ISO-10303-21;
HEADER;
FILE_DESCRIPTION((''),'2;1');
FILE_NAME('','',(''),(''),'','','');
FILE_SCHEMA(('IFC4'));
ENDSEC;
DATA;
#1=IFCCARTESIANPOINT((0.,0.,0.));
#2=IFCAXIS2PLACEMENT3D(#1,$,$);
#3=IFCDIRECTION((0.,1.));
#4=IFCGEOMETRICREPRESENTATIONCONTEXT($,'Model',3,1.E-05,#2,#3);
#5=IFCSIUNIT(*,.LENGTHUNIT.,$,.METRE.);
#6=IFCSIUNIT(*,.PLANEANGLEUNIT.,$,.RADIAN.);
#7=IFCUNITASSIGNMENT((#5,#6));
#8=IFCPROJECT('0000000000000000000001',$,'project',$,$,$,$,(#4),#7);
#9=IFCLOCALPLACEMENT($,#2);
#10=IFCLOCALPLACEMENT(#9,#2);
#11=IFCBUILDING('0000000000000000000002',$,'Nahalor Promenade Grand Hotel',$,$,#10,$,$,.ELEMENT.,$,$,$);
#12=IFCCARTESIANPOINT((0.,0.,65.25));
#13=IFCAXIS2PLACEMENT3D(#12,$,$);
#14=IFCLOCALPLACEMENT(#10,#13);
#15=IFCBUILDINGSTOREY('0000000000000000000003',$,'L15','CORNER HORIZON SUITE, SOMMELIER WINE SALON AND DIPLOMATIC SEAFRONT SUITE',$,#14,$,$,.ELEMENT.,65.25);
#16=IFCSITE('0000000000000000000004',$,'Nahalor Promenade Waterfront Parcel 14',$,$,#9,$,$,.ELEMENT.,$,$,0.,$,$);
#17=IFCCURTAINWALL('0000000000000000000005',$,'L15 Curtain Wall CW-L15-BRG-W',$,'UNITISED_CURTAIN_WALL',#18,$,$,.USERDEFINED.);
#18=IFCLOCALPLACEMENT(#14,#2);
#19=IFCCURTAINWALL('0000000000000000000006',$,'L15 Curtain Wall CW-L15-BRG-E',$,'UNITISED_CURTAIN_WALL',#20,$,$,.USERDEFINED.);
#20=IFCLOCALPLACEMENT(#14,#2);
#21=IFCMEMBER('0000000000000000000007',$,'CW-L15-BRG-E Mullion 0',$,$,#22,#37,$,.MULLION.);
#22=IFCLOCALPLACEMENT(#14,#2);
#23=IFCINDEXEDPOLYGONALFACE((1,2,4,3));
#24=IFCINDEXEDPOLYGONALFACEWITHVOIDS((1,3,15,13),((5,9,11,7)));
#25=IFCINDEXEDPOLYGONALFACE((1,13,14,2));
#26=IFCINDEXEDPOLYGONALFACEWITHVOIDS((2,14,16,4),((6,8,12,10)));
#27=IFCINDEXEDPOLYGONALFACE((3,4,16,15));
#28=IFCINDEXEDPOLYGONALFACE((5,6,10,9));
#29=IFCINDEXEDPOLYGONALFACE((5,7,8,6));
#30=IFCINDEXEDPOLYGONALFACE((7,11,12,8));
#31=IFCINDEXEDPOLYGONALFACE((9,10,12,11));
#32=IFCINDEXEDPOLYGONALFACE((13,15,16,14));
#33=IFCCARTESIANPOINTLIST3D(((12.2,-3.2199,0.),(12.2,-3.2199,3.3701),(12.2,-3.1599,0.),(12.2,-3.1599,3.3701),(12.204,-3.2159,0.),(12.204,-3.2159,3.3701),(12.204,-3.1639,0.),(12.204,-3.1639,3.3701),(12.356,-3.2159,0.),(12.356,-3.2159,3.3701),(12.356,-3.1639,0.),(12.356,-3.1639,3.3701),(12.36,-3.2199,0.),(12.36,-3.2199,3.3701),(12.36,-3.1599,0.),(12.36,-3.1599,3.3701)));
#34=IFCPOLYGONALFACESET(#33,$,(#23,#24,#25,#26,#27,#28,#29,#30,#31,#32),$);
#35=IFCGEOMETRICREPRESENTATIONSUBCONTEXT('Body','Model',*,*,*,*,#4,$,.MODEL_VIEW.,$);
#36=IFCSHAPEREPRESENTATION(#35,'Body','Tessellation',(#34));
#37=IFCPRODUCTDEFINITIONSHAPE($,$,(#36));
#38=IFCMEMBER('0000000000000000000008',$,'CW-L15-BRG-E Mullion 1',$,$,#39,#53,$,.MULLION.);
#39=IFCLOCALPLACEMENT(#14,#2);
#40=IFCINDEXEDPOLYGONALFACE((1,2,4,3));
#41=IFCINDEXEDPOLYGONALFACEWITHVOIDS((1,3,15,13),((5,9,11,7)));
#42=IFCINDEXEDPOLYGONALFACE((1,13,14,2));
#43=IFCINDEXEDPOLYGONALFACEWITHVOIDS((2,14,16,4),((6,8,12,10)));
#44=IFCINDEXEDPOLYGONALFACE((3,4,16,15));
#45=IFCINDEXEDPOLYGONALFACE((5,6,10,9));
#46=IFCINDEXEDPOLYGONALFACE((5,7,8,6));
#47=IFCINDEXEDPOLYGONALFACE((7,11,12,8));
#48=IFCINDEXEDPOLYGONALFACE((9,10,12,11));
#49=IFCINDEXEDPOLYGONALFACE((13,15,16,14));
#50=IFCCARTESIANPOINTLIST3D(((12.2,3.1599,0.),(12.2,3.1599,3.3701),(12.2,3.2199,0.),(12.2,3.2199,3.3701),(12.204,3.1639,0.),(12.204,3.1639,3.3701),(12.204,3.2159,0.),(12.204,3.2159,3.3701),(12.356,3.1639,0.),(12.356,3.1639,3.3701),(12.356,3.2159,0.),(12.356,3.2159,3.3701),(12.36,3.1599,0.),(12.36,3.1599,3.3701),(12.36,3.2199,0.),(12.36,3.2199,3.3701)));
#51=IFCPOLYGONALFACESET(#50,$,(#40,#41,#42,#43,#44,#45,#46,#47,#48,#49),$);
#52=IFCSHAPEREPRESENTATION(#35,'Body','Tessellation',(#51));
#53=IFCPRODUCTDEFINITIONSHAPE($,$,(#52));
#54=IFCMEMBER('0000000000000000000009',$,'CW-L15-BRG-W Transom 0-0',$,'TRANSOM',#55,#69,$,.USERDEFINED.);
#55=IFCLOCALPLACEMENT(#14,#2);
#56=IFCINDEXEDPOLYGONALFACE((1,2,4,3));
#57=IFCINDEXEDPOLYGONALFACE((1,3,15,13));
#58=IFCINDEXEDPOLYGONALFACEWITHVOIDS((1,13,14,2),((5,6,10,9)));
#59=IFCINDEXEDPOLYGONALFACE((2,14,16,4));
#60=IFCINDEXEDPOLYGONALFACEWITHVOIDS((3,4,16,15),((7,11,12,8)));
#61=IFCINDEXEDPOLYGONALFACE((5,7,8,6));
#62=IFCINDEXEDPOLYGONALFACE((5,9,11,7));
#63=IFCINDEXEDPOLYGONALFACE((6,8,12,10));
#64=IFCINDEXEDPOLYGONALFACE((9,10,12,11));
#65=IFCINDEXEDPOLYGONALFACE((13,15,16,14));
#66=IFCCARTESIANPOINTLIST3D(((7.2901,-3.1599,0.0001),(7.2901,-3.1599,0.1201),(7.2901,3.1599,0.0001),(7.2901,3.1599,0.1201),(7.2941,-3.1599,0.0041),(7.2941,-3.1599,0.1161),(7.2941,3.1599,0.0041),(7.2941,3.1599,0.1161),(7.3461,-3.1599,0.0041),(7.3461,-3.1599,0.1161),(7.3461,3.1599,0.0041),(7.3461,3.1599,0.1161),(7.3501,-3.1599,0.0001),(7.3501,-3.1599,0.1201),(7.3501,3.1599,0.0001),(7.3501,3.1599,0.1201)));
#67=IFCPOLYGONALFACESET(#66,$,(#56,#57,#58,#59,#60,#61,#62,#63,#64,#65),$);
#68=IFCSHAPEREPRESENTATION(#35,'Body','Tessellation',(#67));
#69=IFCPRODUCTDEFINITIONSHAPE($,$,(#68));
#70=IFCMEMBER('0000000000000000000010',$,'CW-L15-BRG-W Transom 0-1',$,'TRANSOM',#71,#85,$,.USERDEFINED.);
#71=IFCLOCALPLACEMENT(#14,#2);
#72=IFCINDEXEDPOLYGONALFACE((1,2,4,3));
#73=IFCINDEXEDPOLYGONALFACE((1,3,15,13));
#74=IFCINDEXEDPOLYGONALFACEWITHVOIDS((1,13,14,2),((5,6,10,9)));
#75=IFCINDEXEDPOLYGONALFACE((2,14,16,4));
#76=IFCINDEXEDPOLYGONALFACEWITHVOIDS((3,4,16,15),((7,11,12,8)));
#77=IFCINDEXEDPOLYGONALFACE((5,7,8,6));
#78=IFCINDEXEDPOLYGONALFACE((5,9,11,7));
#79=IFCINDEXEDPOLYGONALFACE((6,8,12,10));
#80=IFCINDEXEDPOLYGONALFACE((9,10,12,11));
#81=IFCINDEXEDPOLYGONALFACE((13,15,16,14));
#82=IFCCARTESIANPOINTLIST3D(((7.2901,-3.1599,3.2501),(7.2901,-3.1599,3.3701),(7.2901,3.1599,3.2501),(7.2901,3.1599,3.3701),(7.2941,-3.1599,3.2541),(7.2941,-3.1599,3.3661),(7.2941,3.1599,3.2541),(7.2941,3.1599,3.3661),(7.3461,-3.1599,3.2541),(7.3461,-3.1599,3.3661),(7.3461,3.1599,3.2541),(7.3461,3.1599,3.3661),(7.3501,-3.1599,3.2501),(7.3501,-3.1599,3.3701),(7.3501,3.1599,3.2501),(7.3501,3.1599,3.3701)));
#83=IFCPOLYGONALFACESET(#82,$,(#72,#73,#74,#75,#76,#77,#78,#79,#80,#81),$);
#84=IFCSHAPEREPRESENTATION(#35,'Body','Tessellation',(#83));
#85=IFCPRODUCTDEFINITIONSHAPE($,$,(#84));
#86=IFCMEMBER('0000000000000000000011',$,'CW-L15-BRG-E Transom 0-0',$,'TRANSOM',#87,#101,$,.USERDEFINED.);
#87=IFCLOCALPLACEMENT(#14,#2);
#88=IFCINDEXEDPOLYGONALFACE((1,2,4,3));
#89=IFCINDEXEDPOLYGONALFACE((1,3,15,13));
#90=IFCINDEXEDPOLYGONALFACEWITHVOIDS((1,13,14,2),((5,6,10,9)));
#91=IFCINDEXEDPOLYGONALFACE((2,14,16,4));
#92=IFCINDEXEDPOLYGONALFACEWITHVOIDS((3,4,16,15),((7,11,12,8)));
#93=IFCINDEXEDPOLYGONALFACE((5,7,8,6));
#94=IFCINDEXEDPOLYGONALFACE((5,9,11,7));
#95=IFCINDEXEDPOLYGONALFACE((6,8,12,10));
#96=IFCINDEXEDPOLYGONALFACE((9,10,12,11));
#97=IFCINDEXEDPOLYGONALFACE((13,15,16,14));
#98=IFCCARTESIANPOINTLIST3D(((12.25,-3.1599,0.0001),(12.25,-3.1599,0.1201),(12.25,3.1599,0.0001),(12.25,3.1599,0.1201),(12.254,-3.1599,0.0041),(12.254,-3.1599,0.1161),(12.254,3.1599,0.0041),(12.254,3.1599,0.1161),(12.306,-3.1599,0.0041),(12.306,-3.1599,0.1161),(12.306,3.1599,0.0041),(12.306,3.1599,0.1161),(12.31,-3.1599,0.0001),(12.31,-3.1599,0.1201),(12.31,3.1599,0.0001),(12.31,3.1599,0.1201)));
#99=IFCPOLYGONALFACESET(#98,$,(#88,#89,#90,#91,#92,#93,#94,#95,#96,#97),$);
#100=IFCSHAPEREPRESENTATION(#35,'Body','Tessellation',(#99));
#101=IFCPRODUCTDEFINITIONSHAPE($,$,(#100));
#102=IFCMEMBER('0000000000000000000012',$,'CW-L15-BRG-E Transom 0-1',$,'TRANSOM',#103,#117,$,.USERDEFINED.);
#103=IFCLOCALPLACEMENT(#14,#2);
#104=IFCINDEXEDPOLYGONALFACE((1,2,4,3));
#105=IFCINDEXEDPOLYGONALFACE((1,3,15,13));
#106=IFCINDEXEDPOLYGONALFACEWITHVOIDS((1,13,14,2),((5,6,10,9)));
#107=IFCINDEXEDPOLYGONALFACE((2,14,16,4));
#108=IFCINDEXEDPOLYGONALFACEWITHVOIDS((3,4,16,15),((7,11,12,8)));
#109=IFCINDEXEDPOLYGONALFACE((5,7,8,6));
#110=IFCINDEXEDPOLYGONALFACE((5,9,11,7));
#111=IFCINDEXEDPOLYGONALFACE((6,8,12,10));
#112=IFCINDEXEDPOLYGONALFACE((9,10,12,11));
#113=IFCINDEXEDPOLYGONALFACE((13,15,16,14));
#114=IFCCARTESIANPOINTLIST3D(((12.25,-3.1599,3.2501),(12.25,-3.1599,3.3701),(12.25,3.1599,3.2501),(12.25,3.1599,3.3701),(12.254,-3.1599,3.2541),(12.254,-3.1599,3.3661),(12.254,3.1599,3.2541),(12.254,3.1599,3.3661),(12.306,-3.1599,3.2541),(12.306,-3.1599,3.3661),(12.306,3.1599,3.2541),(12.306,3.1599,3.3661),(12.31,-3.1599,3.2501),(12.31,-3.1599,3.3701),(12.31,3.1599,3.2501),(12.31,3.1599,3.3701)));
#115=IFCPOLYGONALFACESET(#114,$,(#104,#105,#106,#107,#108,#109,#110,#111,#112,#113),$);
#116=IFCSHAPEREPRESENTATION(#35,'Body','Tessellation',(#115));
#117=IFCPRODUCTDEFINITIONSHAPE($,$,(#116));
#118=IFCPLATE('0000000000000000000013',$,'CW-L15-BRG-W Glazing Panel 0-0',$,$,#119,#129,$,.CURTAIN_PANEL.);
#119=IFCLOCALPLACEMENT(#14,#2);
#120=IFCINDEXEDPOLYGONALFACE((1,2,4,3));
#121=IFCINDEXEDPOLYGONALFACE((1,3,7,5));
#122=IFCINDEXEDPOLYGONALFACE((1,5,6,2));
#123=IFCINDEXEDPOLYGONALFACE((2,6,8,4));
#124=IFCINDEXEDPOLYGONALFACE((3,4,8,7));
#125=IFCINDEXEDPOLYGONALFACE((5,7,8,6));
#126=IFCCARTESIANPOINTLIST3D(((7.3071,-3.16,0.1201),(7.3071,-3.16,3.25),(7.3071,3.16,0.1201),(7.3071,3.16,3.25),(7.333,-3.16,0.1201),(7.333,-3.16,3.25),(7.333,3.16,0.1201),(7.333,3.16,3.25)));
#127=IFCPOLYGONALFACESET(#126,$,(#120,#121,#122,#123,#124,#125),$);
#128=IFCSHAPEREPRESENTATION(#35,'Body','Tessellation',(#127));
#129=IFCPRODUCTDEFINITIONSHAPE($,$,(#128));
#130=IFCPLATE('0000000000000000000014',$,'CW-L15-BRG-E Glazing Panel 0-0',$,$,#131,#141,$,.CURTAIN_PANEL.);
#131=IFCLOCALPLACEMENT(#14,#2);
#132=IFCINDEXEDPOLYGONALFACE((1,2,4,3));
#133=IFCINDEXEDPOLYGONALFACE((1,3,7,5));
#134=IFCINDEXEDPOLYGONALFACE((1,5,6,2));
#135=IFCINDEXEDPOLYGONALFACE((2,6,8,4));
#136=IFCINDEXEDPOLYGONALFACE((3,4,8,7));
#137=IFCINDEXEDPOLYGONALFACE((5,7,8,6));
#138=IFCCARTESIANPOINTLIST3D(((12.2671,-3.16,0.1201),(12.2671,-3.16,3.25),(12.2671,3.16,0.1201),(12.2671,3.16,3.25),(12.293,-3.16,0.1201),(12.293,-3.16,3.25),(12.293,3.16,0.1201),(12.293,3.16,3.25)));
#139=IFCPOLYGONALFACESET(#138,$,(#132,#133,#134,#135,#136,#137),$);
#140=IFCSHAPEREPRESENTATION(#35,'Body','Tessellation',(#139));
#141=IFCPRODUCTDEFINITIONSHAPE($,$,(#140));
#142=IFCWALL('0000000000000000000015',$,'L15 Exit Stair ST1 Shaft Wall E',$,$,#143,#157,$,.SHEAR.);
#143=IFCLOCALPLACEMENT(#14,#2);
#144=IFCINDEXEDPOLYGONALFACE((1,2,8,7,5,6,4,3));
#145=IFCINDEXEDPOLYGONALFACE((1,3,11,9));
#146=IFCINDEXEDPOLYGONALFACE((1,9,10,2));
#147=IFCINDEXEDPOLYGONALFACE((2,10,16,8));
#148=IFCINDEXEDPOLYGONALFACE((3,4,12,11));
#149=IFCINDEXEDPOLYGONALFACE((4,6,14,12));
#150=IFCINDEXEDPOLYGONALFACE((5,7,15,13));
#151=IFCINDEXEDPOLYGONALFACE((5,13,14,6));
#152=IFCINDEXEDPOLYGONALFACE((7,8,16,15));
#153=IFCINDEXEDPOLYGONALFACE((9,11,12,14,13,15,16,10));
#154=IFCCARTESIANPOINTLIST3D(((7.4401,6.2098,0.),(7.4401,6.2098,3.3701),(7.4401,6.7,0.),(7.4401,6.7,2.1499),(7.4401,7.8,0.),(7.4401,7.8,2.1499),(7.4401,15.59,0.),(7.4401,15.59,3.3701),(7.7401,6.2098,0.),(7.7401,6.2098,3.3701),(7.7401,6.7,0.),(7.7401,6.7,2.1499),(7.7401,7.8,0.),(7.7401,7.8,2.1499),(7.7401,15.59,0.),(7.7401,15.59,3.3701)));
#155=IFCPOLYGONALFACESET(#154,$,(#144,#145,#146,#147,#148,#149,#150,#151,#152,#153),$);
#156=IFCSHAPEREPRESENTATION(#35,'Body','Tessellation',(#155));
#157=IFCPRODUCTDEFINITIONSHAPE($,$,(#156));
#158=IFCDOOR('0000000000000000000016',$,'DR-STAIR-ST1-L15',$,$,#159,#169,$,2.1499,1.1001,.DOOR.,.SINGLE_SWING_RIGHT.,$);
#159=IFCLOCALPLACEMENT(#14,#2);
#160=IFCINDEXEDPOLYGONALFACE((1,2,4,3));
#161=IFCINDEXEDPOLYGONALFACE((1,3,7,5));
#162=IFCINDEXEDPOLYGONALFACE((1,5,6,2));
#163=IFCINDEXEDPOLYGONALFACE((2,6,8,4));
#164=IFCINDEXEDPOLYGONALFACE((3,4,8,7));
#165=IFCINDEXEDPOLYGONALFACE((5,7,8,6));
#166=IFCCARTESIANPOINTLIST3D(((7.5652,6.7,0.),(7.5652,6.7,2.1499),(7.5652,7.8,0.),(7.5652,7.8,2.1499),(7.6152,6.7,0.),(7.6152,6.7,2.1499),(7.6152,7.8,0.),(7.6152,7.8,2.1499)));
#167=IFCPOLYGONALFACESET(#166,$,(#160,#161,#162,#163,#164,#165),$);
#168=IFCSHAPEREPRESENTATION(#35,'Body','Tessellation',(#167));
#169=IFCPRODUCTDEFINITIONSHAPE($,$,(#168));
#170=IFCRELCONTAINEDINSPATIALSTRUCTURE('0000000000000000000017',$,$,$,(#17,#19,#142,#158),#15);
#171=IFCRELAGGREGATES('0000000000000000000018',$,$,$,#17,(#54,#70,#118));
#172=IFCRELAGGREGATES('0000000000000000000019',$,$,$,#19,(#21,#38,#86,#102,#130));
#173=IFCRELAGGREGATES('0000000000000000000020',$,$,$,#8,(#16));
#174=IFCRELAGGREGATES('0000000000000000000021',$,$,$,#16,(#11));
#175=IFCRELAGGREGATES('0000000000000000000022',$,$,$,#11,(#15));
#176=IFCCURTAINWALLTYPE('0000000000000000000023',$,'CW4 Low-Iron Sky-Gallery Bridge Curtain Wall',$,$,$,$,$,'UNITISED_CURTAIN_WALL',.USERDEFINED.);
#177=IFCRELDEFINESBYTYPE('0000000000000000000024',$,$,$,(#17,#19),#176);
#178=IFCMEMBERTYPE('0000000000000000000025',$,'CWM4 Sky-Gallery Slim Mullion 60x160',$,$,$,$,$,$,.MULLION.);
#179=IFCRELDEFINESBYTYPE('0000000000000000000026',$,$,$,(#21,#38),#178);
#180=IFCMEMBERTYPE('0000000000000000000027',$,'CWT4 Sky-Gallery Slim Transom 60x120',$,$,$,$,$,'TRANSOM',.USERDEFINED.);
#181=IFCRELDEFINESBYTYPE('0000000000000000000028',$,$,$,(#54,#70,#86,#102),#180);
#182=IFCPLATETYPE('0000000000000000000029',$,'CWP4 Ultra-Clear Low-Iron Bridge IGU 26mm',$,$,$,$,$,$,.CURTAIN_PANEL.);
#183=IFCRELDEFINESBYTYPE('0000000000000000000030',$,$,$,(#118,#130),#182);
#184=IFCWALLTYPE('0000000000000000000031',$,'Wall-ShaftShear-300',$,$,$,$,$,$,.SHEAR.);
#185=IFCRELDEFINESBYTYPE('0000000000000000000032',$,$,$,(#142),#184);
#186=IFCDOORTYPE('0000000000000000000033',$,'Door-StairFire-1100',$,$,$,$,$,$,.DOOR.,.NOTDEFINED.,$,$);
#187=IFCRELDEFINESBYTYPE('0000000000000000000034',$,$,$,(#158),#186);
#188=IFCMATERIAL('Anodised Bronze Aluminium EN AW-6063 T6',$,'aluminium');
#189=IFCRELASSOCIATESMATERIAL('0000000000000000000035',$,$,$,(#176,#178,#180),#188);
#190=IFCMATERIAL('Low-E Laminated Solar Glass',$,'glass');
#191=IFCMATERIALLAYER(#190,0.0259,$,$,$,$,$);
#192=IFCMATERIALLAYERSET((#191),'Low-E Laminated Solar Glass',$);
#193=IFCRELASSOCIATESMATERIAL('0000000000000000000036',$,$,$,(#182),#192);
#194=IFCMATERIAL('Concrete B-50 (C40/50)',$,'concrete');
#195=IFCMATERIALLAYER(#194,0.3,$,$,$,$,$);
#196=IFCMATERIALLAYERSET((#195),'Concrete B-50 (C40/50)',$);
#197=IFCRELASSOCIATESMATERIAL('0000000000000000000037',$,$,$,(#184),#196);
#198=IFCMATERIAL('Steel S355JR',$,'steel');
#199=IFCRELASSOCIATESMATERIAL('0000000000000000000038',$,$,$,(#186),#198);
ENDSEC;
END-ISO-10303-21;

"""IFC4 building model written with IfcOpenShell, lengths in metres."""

from ifc_helpers import new_model, si_unit, direction, frame, frame_2d, origin, origin_2d, place, context, subcontext, project, spatial, rectangle, hollow_rectangle, extrude, source, transform, mapped, material, layer, layer_set, material_profile, profile_set, type_object, element, fill, aggregate, save


model = new_model("IFC4")

# Units and contexts
model_context = context("Model", 3, precision=1e-05, world=origin(), true_north=direction((0.0, 1.0)))
body_context = subcontext(model_context, "Body", "Model", "MODEL_VIEW")
ifc_project = project(units=[si_unit("LENGTHUNIT", "METRE"), si_unit("PLANEANGLEUNIT", "RADIAN")], contexts=[model_context])

# Site, building, storey
site_placement = place(None, origin())
site = spatial("IfcSite", under=ifc_project, at=site_placement, Name="Nahalor Promenade Waterfront Parcel 14", CompositionType="ELEMENT", RefElevation=0.0)
building_placement = place(site_placement, origin())
building = spatial("IfcBuilding", under=site, at=building_placement, Name="Nahalor Promenade Grand Hotel", CompositionType="ELEMENT")
storey_placement = place(building_placement, frame((0.0, 0.0, 65.25)))
storey = spatial("IfcBuildingStorey", under=building, at=storey_placement, Name="L15", Description="CORNER HORIZON SUITE, SOMMELIER WINE SALON AND DIPLOMATIC SEAFRONT SUITE", CompositionType="ELEMENT", Elevation=65.25)

# Shared definitions
ifc_material_1 = material(Name="Steel S355JR", Category="steel")

# Shared definitions
ifc_material_2 = material(Name="Anodised Bronze Aluminium EN AW-6063 T6", Category="aluminium")

# Curtain walls, members
curtain_wall_type_1 = type_object("IfcCurtainWallType", Name="CW4 Low-Iron Sky-Gallery Bridge Curtain Wall", ElementType="UNITISED_CURTAIN_WALL", PredefinedType="USERDEFINED", material=ifc_material_2)
curtain_wall_1_placement = place(storey_placement, origin())
curtain_wall_1 = element("IfcCurtainWall", 1, at=curtain_wall_1_placement, inside=storey, type_object=curtain_wall_type_1, Name="L15 Curtain Wall CW-L15-BRG-W", ObjectType="UNITISED_CURTAIN_WALL", PredefinedType="USERDEFINED")
ifc_material_profile_1 = material_profile(ifc_material_2, hollow_rectangle(XDim=0.06, YDim=0.16, WallThickness=0.004, at=origin_2d()), Name="CWM 60x160x4")
ifc_profile_set_1 = profile_set([ifc_material_profile_1], Name="Anodised Bronze Aluminium EN AW-6063 T6")
member_type_1 = type_object("IfcMemberType", Name="CWM4 Sky-Gallery Slim Mullion 60x160", PredefinedType="MULLION", material=ifc_profile_set_1)
shared_shape_1 = source(origin(), body_context, "Body", "SweptSolid", [
    extrude(hollow_rectangle(XDim=0.06, YDim=0.16, WallThickness=0.004, at=origin_2d()), origin(), (0.0, 0.0, 1.0), 3.3701),
])
curtain_wall_2_placement = place(storey_placement, origin())
curtain_wall_2 = element("IfcCurtainWall", 2, at=curtain_wall_2_placement, inside=storey, type_object=curtain_wall_type_1, Name="L15 Curtain Wall CW-L15-BRG-E", ObjectType="UNITISED_CURTAIN_WALL", PredefinedType="USERDEFINED")
member_1_placement = place(storey_placement, frame((12.28, -3.1899, 0.0), z_axis=(0.0, 0.0, 1.0), x_axis=(0.0, 1.0, 0.0)))
member_1 = element("IfcMember", 3, at=member_1_placement, type_object=member_type_1, Name="CW-L15-BRG-E Mullion 0", PredefinedType="MULLION", context=body_context, shape_type="MappedRepresentation", body=[
    mapped(shared_shape_1, transform((0.0, 0.0, 0.0), scale=1.0)),
])
member_2_placement = place(storey_placement, frame((12.28, 3.1899, 0.0), z_axis=(0.0, 0.0, 1.0), x_axis=(0.0, 1.0, 0.0)))
member_2 = element("IfcMember", 4, at=member_2_placement, type_object=member_type_1, Name="CW-L15-BRG-E Mullion 1", PredefinedType="MULLION", context=body_context, shape_type="MappedRepresentation", body=[
    mapped(shared_shape_1, transform((0.0, 0.0, 0.0), scale=1.0)),
])

# Members
ifc_material_profile_2 = material_profile(ifc_material_2, hollow_rectangle(XDim=0.06, YDim=0.12, WallThickness=0.004, at=origin_2d()), Name="CWT 60x120x4")
ifc_profile_set_2 = profile_set([ifc_material_profile_2], Name="Anodised Bronze Aluminium EN AW-6063 T6")
member_type_2 = type_object("IfcMemberType", Name="CWT4 Sky-Gallery Slim Transom 60x120", ElementType="TRANSOM", PredefinedType="USERDEFINED", material=ifc_profile_set_2)
shared_shape_2 = source(origin(), body_context, "Body", "SweptSolid", [
    extrude(hollow_rectangle(XDim=0.06, YDim=0.12, WallThickness=0.004, at=origin_2d()), origin(), (0.0, 0.0, 1.0), 6.3198),
])
member_3_placement = place(storey_placement, frame((7.3201, -3.1599, 0.0601), z_axis=(0.0, 1.0, 0.0), x_axis=(-1.0, 0.0, 0.0)))
member_3 = element("IfcMember", 5, at=member_3_placement, type_object=member_type_2, Name="CW-L15-BRG-W Transom 0-0", ObjectType="TRANSOM", PredefinedType="USERDEFINED", context=body_context, shape_type="MappedRepresentation", body=[
    mapped(shared_shape_2, transform((0.0, 0.0, 0.0), scale=1.0)),
])
member_4_placement = place(storey_placement, frame((7.3201, -3.1599, 3.3101), z_axis=(0.0, 1.0, 0.0), x_axis=(-1.0, 0.0, 0.0)))
member_4 = element("IfcMember", 6, at=member_4_placement, type_object=member_type_2, Name="CW-L15-BRG-W Transom 0-1", ObjectType="TRANSOM", PredefinedType="USERDEFINED", context=body_context, shape_type="MappedRepresentation", body=[
    mapped(shared_shape_2, transform((0.0, 0.0, 0.0), scale=1.0)),
])
member_5_placement = place(storey_placement, frame((12.28, -3.1599, 0.0601), z_axis=(0.0, 1.0, 0.0), x_axis=(-1.0, 0.0, 0.0)))
member_5 = element("IfcMember", 7, at=member_5_placement, type_object=member_type_2, Name="CW-L15-BRG-E Transom 0-0", ObjectType="TRANSOM", PredefinedType="USERDEFINED", context=body_context, shape_type="MappedRepresentation", body=[
    mapped(shared_shape_2, transform((0.0, 0.0, 0.0), scale=1.0)),
])
member_6_placement = place(storey_placement, frame((12.28, -3.1599, 3.3101), z_axis=(0.0, 1.0, 0.0), x_axis=(-1.0, 0.0, 0.0)))
member_6 = element("IfcMember", 8, at=member_6_placement, type_object=member_type_2, Name="CW-L15-BRG-E Transom 0-1", ObjectType="TRANSOM", PredefinedType="USERDEFINED", context=body_context, shape_type="MappedRepresentation", body=[
    mapped(shared_shape_2, transform((0.0, 0.0, 0.0), scale=1.0)),
])

# Plates
ifc_material_3 = material(Name="Low-E Laminated Solar Glass", Category="glass")
ifc_layer_1 = layer(ifc_material_3, 0.0259)
ifc_layer_set_1 = layer_set([ifc_layer_1], Name="Low-E Laminated Solar Glass")
plate_type = type_object("IfcPlateType", Name="CWP4 Ultra-Clear Low-Iron Bridge IGU 26mm", PredefinedType="CURTAIN_PANEL", material=ifc_layer_set_1)
shared_shape_3 = source(origin(), body_context, "Body", "SweptSolid", [
    extrude(rectangle(XDim=6.3201, YDim=0.0259, at=origin_2d()), origin(), (0.0, 0.0, 1.0), 3.1299),
])
plate_1_placement = place(storey_placement, frame((7.3201, 0.0, 0.1201), z_axis=(0.0, 0.0, 1.0), x_axis=(0.0, 1.0, 0.0)))
plate_1 = element("IfcPlate", 9, at=plate_1_placement, type_object=plate_type, Name="CW-L15-BRG-W Glazing Panel 0-0", PredefinedType="CURTAIN_PANEL", context=body_context, shape_type="MappedRepresentation", body=[
    mapped(shared_shape_3, transform((0.0, 0.0, 0.0), scale=1.0)),
])
aggregate(curtain_wall_1, [member_3, member_4, plate_1])
plate_2_placement = place(storey_placement, frame((12.28, 0.0, 0.1201), z_axis=(0.0, 0.0, 1.0), x_axis=(0.0, 1.0, 0.0)))
plate_2 = element("IfcPlate", 10, at=plate_2_placement, type_object=plate_type, Name="CW-L15-BRG-E Glazing Panel 0-0", PredefinedType="CURTAIN_PANEL", context=body_context, shape_type="MappedRepresentation", body=[
    mapped(shared_shape_3, transform((0.0, 0.0, 0.0), scale=1.0)),
])
aggregate(curtain_wall_2, [member_1, member_2, member_5, member_6, plate_2])

# Wall, opening, door
ifc_material_4 = material(Name="Concrete B-50 (C40/50)", Category="concrete")
ifc_layer_2 = layer(ifc_material_4, 0.3)
ifc_layer_set_2 = layer_set([ifc_layer_2], Name="Concrete B-50 (C40/50)")
wall_type_1 = type_object("IfcWallType", Name="Wall-ShaftShear-300", PredefinedType="SHEAR", material=ifc_layer_set_2)
shared_shape_4 = source(origin(), body_context, "Body", "SweptSolid", [
    extrude(rectangle(XDim=9.3801, YDim=0.3, at=frame_2d((4.6899, 0.0))), origin(), (0.0, 0.0, 1.0), 3.3701),
])
wall_1_placement = place(storey_placement, frame((7.5901, 6.21, 0.0), z_axis=(0.0, 0.0, 1.0), x_axis=(0.0, 1.0, 0.0)))
wall_1 = element("IfcWall", 11, at=wall_1_placement, inside=storey, type_object=wall_type_1, Name="L15 Exit Stair ST1 Shaft Wall E", PredefinedType="SHEAR", context=body_context, shape_type="MappedRepresentation", body=[
    mapped(shared_shape_4, transform((0.0, 0.0, 0.0), scale=1.0)),
])
opening_1_placement = place(wall_1_placement, frame((0.49, 0.0, 0.0)))
opening_1 = element("IfcOpeningElement", 12, at=opening_1_placement, cuts=wall_1, PredefinedType="OPENING", context=body_context, shape_type="SweptSolid", body=[
    extrude(rectangle(XDim=1.1001, YDim=2.1499, at=frame_2d((0.55, 1.075))), frame((0.0, 0.1599, 0.0), z_axis=(0.0, -1.0, 0.0), x_axis=(1.0, 0.0, 0.0)), (0.0, 0.0, 1.0), 0.3201),
])
door_type_1 = type_object("IfcDoorType", Name="Door-StairFire-1100", OperationType="NOTDEFINED", PredefinedType="DOOR", material=ifc_material_1)
shared_shape_5 = source(origin(), body_context, "Body", "SweptSolid", [
    extrude(rectangle(XDim=1.1001, YDim=2.1499, at=frame_2d((0.55, 1.075))), frame((0.0, 0.0249, 0.0), z_axis=(0.0, -1.0, 0.0), x_axis=(1.0, 0.0, 0.0)), (0.0, 0.0, 1.0), 0.05),
])
door_1_placement = place(opening_1_placement, origin())
door_1 = element("IfcDoor", 13, at=door_1_placement, inside=storey, type_object=door_type_1, Name="DR-STAIR-ST1-L15", OperationType="SINGLE_SWING_RIGHT", OverallHeight=2.1499, OverallWidth=1.1001, PredefinedType="DOOR", context=body_context, shape_type="MappedRepresentation", body=[
    mapped(shared_shape_5, transform((0.0, 0.0, 0.0), scale=1.0)),
])
fill(opening_1, door_1)

save(model, "model.ifc")
